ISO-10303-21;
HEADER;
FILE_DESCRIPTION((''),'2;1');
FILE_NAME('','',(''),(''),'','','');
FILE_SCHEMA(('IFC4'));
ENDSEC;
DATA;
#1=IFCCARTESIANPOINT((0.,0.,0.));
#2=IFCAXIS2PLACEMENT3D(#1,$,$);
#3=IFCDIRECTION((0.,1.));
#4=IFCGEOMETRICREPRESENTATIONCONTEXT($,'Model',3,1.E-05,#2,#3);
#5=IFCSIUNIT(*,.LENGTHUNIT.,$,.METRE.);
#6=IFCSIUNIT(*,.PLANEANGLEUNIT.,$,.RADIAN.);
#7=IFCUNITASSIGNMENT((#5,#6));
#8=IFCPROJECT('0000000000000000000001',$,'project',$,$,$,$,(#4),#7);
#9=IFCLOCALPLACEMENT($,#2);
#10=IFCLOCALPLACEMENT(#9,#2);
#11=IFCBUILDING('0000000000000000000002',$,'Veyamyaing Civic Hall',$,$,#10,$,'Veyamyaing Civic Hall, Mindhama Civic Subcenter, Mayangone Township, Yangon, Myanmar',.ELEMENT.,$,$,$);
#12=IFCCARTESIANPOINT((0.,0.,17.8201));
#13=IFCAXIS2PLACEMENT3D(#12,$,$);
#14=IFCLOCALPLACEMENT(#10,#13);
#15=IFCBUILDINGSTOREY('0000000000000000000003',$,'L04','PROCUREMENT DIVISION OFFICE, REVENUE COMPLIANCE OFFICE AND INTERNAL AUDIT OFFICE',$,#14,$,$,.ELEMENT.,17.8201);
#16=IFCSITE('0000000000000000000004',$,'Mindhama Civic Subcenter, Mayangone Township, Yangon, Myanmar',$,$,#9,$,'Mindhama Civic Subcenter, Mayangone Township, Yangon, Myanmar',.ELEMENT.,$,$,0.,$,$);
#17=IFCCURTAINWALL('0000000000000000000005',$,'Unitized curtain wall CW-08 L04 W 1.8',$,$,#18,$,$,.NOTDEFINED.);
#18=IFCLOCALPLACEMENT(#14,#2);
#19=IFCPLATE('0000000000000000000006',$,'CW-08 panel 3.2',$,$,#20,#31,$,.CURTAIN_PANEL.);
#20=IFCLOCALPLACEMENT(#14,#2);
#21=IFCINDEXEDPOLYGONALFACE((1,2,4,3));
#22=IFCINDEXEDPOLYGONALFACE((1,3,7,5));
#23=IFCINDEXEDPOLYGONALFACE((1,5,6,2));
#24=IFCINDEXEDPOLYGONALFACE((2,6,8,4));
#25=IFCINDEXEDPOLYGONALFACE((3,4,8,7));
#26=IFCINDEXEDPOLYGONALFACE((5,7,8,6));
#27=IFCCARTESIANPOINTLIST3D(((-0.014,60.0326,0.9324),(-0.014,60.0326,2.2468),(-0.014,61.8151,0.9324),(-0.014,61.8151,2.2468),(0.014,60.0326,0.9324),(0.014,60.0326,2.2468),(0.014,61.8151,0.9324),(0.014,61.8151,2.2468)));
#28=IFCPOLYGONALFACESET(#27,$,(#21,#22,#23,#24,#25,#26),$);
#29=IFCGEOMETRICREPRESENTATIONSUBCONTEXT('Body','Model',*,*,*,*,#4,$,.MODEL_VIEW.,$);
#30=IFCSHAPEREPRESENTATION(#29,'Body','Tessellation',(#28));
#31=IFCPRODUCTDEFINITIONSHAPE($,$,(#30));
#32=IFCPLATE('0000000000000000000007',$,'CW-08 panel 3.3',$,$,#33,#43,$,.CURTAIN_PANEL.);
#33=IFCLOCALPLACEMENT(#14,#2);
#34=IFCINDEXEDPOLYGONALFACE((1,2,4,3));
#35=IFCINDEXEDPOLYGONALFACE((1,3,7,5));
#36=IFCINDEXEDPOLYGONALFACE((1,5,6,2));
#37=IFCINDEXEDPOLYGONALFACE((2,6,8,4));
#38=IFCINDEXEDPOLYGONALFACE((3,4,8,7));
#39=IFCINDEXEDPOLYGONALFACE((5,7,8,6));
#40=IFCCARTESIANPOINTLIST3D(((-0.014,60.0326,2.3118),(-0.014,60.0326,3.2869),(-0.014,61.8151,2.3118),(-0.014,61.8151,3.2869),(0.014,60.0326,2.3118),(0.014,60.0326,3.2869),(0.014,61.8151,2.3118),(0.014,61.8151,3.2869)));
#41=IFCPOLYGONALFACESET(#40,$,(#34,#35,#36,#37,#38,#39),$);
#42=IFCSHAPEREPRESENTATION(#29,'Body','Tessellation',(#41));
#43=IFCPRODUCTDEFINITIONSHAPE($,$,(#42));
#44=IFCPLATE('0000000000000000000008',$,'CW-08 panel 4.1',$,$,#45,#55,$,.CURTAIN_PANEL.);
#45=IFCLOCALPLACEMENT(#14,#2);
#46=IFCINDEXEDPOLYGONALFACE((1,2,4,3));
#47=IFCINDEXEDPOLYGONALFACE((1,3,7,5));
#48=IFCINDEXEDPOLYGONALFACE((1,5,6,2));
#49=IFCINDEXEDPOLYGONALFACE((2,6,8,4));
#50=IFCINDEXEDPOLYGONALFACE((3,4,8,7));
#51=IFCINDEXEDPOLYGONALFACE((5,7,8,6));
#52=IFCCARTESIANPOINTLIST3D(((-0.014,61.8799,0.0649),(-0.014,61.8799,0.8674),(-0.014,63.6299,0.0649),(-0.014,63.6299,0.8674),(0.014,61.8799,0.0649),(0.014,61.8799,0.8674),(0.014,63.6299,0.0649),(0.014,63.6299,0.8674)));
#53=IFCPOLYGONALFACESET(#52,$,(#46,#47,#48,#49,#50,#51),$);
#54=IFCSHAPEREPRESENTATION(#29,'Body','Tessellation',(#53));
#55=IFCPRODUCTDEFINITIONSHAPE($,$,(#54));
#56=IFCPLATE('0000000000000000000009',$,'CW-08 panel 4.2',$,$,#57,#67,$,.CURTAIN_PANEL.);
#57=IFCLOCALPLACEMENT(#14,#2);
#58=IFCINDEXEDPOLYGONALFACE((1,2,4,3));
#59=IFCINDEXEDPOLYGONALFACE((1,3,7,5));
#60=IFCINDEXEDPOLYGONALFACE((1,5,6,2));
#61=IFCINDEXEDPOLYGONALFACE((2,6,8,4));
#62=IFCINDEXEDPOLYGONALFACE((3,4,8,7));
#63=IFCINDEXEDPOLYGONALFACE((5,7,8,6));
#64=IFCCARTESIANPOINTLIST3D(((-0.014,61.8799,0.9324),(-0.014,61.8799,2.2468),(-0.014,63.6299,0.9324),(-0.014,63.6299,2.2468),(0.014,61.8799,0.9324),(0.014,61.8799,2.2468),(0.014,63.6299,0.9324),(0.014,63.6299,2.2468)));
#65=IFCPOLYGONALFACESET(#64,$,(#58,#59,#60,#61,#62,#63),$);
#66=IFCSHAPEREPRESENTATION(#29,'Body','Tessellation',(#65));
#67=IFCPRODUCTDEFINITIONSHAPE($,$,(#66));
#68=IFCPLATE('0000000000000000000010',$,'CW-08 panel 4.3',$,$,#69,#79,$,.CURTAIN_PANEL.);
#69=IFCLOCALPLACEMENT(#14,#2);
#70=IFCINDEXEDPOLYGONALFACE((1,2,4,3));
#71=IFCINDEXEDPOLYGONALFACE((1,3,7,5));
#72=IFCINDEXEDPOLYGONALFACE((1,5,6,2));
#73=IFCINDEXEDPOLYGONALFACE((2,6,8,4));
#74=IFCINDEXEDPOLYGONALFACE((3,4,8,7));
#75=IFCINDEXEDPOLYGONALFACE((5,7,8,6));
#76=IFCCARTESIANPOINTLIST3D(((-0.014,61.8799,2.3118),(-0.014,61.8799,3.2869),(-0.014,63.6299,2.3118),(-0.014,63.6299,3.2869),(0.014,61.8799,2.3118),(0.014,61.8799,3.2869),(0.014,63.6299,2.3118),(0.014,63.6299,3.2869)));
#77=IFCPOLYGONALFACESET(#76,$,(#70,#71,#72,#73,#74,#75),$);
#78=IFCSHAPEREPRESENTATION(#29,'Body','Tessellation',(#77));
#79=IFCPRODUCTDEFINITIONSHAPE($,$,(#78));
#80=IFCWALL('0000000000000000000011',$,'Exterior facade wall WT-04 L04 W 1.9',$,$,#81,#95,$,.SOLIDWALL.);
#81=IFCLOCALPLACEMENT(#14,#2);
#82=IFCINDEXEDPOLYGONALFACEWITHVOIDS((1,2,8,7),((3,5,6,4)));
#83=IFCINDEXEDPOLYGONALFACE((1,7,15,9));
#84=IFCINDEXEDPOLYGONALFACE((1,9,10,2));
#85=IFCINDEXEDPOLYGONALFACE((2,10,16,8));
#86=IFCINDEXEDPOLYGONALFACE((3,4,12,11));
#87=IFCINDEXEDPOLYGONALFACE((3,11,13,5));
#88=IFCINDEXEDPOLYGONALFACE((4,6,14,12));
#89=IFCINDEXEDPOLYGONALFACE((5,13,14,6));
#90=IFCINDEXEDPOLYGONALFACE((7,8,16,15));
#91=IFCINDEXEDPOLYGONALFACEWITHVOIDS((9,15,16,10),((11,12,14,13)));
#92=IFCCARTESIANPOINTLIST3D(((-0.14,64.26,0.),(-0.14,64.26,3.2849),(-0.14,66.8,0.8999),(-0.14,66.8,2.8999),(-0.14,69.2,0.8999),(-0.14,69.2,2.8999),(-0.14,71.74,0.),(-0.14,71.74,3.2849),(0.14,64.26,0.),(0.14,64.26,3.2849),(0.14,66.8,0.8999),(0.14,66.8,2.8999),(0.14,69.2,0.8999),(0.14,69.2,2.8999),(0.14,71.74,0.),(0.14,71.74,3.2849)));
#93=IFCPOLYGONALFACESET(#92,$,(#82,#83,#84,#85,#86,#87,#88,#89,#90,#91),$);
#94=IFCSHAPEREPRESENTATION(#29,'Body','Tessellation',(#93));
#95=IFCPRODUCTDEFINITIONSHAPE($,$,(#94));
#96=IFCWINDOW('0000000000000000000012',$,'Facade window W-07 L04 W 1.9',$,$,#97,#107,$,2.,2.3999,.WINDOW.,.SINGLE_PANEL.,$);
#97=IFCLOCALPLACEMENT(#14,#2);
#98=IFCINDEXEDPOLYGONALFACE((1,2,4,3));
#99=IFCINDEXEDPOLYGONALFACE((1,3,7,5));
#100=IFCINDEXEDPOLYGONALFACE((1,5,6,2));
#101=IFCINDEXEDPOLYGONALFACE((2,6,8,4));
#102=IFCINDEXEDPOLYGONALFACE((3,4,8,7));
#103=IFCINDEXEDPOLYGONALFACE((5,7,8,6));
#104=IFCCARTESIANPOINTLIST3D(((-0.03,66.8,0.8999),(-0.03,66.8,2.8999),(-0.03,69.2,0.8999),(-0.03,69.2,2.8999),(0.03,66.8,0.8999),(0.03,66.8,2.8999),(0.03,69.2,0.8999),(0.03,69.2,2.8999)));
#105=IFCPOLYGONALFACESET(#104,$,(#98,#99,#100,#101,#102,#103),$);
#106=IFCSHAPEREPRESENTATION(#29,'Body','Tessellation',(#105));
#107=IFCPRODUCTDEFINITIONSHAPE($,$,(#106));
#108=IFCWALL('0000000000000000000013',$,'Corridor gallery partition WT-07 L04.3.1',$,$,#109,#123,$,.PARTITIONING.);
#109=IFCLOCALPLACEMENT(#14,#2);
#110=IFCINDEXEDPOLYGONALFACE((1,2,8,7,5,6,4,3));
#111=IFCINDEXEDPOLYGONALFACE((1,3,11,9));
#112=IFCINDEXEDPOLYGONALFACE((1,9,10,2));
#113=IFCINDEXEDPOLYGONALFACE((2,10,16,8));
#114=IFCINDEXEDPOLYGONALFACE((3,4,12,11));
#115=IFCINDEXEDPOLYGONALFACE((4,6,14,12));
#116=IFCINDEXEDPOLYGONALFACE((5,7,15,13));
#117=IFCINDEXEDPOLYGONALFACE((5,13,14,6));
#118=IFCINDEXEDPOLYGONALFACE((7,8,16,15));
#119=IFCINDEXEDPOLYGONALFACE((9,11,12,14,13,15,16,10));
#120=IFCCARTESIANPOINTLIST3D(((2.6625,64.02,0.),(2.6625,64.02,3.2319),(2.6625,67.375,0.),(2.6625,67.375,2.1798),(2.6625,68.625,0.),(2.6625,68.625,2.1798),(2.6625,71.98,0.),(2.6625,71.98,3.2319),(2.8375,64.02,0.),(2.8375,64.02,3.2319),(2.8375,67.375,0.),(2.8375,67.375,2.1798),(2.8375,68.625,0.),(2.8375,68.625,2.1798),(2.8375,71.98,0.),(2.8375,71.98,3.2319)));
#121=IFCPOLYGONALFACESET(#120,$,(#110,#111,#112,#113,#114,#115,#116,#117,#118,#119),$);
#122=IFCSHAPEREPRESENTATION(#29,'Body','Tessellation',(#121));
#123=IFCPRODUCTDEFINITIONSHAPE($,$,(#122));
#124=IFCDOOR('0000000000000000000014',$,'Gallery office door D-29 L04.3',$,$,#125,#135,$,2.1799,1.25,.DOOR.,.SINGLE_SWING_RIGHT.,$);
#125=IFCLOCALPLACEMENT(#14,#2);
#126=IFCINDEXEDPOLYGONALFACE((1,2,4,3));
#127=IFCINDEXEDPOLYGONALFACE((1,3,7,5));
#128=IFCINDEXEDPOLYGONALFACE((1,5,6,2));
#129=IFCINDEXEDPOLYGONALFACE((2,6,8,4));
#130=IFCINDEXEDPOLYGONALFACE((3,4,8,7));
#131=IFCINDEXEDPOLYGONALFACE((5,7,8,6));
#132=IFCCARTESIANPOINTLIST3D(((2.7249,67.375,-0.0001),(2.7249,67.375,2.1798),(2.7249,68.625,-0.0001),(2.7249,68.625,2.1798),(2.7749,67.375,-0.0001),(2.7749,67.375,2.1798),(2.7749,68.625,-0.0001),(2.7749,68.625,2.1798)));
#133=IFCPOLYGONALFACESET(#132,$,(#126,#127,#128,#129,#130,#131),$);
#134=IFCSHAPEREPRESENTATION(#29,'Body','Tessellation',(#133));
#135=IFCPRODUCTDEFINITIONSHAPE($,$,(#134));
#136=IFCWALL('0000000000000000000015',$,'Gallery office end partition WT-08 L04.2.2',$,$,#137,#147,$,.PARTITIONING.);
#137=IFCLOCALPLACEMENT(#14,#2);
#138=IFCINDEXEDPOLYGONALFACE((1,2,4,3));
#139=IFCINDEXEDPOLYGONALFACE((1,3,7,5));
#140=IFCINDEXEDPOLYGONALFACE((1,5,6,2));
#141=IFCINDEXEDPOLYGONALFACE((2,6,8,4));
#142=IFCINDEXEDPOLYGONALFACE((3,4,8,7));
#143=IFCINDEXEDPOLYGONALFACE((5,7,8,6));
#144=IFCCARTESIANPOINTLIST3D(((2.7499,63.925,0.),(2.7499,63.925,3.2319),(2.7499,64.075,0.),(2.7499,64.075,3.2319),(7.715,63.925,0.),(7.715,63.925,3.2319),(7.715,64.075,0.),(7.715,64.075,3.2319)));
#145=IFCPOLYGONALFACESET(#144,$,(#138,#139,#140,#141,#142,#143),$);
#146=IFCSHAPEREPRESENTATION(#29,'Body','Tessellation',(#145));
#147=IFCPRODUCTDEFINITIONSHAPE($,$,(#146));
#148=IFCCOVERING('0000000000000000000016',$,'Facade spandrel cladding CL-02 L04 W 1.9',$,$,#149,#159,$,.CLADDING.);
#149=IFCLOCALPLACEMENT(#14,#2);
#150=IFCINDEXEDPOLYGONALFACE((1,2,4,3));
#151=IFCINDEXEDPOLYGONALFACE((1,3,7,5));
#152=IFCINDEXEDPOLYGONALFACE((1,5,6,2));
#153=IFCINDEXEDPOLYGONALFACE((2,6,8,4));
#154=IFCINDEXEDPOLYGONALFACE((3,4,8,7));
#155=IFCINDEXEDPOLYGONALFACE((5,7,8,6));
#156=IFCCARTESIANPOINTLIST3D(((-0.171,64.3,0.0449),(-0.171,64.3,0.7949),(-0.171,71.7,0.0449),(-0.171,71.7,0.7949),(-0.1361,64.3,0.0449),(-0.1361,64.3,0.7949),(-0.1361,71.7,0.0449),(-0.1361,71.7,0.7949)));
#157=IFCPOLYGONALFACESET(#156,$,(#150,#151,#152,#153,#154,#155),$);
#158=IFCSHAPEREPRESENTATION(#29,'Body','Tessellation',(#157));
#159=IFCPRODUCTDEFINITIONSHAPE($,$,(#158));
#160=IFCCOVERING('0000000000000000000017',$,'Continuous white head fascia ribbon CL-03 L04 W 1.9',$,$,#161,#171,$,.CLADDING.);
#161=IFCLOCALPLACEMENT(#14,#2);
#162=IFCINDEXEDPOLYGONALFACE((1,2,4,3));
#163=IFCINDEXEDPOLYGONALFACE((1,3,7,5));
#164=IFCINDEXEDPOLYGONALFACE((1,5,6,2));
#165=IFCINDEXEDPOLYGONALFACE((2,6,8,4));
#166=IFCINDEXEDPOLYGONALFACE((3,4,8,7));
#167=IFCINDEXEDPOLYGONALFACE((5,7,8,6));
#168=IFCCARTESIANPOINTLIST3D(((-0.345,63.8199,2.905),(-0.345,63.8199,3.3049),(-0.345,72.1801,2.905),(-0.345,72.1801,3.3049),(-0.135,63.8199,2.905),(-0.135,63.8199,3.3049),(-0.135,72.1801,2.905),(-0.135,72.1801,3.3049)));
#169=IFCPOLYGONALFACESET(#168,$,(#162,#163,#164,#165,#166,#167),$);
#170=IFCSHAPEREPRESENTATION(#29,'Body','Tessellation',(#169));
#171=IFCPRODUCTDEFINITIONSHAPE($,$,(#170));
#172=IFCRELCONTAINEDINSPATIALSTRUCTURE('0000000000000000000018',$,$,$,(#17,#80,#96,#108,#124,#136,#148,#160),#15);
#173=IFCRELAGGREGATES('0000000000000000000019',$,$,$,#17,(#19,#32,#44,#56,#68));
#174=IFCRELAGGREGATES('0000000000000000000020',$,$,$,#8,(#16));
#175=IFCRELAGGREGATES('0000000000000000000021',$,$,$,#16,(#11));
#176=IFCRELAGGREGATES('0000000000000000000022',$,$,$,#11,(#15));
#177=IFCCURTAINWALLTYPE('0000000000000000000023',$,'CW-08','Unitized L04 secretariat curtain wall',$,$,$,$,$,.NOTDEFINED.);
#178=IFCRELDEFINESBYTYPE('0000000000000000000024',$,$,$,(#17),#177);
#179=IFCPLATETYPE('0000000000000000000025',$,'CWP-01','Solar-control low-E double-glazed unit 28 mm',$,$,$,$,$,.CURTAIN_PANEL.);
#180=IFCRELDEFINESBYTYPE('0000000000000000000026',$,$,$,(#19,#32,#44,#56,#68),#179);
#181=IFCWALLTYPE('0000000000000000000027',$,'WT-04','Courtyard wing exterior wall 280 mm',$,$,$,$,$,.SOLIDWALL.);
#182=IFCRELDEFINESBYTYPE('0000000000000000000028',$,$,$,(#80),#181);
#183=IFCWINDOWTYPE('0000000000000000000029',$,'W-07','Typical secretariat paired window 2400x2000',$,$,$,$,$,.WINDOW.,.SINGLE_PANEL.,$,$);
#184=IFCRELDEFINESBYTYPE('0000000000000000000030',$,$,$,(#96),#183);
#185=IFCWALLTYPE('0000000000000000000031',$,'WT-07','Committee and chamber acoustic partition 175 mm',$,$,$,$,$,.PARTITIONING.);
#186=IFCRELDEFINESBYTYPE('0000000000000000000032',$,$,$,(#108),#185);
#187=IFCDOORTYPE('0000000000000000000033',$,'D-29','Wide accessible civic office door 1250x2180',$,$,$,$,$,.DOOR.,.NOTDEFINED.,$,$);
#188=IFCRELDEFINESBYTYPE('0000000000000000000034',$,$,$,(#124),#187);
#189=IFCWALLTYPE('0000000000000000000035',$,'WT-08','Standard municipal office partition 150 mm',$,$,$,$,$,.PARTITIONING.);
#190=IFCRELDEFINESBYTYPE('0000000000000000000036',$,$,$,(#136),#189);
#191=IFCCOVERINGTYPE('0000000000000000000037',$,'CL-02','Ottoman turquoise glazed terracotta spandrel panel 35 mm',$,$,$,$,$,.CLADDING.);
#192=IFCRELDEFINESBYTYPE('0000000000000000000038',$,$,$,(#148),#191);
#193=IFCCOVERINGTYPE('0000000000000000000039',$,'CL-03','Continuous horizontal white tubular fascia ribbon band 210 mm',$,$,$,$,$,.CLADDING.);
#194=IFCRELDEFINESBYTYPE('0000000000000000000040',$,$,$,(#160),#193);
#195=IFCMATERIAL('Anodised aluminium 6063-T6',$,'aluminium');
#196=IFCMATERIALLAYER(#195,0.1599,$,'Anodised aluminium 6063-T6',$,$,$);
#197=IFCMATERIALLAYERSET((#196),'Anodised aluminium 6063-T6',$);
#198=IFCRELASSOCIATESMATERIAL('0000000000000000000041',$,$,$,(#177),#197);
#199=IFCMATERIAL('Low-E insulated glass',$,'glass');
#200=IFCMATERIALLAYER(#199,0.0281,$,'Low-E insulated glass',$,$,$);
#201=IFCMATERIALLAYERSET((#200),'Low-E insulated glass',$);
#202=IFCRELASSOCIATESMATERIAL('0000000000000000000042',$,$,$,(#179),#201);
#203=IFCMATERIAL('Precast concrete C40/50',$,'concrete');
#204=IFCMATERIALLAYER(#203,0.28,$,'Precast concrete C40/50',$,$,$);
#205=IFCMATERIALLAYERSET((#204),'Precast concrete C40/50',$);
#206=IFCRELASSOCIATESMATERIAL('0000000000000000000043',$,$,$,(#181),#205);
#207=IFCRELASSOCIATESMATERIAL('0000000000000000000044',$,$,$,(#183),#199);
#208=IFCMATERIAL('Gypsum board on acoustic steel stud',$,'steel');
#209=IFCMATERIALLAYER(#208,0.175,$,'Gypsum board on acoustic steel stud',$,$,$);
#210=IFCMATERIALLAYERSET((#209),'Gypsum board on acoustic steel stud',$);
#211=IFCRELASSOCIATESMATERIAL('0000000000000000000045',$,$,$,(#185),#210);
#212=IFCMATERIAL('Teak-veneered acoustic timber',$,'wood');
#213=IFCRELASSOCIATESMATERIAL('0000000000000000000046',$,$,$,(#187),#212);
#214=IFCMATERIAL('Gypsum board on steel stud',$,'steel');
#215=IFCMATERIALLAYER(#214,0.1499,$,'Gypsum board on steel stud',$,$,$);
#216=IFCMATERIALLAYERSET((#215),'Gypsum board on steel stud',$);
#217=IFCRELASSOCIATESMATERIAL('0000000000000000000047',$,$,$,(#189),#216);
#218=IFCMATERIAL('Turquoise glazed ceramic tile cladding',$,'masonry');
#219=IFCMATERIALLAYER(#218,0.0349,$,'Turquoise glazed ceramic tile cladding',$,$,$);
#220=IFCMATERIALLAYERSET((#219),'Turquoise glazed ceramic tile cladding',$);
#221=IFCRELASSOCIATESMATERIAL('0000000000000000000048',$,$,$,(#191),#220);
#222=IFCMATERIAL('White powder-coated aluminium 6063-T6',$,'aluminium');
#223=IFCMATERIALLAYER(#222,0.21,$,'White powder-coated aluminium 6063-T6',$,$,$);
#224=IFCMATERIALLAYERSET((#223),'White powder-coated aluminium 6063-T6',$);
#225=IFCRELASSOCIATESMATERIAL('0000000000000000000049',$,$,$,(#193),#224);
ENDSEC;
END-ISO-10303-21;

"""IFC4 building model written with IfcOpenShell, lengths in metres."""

from ifc_helpers import new_model, si_unit, direction, frame, frame_2d, origin, origin_2d, place, context, subcontext, project, spatial, rectangle, extrude, material, layer, layer_set, type_object, element, fill, aggregate, save


model = new_model("IFC4")

# Units and contexts
model_context = context("Model", 3, precision=1e-05, world=origin(), true_north=direction((0.0, 1.0)))
body_context = subcontext(model_context, "Body", "Model", "MODEL_VIEW")
ifc_project = project(units=[si_unit("LENGTHUNIT", "METRE"), si_unit("PLANEANGLEUNIT", "RADIAN")], contexts=[model_context])

# Site, building, storey
site_placement = place(None, origin())
site = spatial("IfcSite", under=ifc_project, at=site_placement, Name="Mindhama Civic Subcenter, Mayangone Township, Yangon, Myanmar", LongName="Mindhama Civic Subcenter, Mayangone Township, Yangon, Myanmar", CompositionType="ELEMENT", RefElevation=0.0)
building_placement = place(site_placement, origin())
building = spatial("IfcBuilding", under=site, at=building_placement, Name="Veyamyaing Civic Hall", LongName="Veyamyaing Civic Hall, Mindhama Civic Subcenter, Mayangone Township, Yangon, Myanmar", CompositionType="ELEMENT")
storey_placement = place(building_placement, frame((0.0, 0.0, 17.8201)))
storey = spatial("IfcBuildingStorey", under=building, at=storey_placement, Name="L04", Description="PROCUREMENT DIVISION OFFICE, REVENUE COMPLIANCE OFFICE AND INTERNAL AUDIT OFFICE", CompositionType="ELEMENT", Elevation=17.8201)

# Curtain wall
ifc_material_1 = material(Name="Anodised aluminium 6063-T6", Category="aluminium")
ifc_layer_1 = layer(ifc_material_1, 0.1599, Name="Anodised aluminium 6063-T6")
ifc_layer_set_1 = layer_set([ifc_layer_1], Name="Anodised aluminium 6063-T6")
curtain_wall_type = type_object("IfcCurtainWallType", Name="CW-08", Description="Unitized L04 secretariat curtain wall", PredefinedType="NOTDEFINED", material=ifc_layer_set_1)
curtain_wall_placement = place(storey_placement, origin())
curtain_wall = element("IfcCurtainWall", 1, at=curtain_wall_placement, inside=storey, type_object=curtain_wall_type, Name="Unitized curtain wall CW-08 L04 W 1.8", PredefinedType="NOTDEFINED")

# Plates
ifc_material_2 = material(Name="Low-E insulated glass", Category="glass")
ifc_layer_2 = layer(ifc_material_2, 0.0281, Name="Low-E insulated glass")
ifc_layer_set_2 = layer_set([ifc_layer_2], Name="Low-E insulated glass")
plate_type = type_object("IfcPlateType", Name="CWP-01", Description="Solar-control low-E double-glazed unit 28 mm", PredefinedType="CURTAIN_PANEL", material=ifc_layer_set_2)
plate_1_placement = place(storey_placement, frame((0.0, 60.9238, 0.9324), z_axis=(0.0, 0.0, 1.0), x_axis=(0.0, 1.0, 0.0)))
plate_1 = element("IfcPlate", 2, at=plate_1_placement, type_object=plate_type, Name="CW-08 panel 3.2", PredefinedType="CURTAIN_PANEL", context=body_context, shape_type="SweptSolid", body=[
    extrude(rectangle(XDim=1.7825, YDim=0.0281, at=origin_2d()), origin(), (0.0, 0.0, 1.0), 1.3145),
])
plate_2_placement = place(storey_placement, frame((0.0, 60.9238, 2.3118), z_axis=(0.0, 0.0, 1.0), x_axis=(0.0, 1.0, 0.0)))
plate_2 = element("IfcPlate", 3, at=plate_2_placement, type_object=plate_type, Name="CW-08 panel 3.3", PredefinedType="CURTAIN_PANEL", context=body_context, shape_type="SweptSolid", body=[
    extrude(rectangle(XDim=1.7825, YDim=0.0281, at=origin_2d()), origin(), (0.0, 0.0, 1.0), 0.9751),
])
plate_3_placement = place(storey_placement, frame((0.0, 62.7549, 0.0649), z_axis=(0.0, 0.0, 1.0), x_axis=(0.0, 1.0, 0.0)))
plate_3 = element("IfcPlate", 4, at=plate_3_placement, type_object=plate_type, Name="CW-08 panel 4.1", PredefinedType="CURTAIN_PANEL", context=body_context, shape_type="SweptSolid", body=[
    extrude(rectangle(XDim=1.75, YDim=0.0281, at=origin_2d()), origin(), (0.0, 0.0, 1.0), 0.8025),
])
plate_4_placement = place(storey_placement, frame((0.0, 62.7549, 0.9324), z_axis=(0.0, 0.0, 1.0), x_axis=(0.0, 1.0, 0.0)))
plate_4 = element("IfcPlate", 5, at=plate_4_placement, type_object=plate_type, Name="CW-08 panel 4.2", PredefinedType="CURTAIN_PANEL", context=body_context, shape_type="SweptSolid", body=[
    extrude(rectangle(XDim=1.75, YDim=0.0281, at=origin_2d()), origin(), (0.0, 0.0, 1.0), 1.3145),
])
plate_5_placement = place(storey_placement, frame((0.0, 62.7549, 2.3118), z_axis=(0.0, 0.0, 1.0), x_axis=(0.0, 1.0, 0.0)))
plate_5 = element("IfcPlate", 6, at=plate_5_placement, type_object=plate_type, Name="CW-08 panel 4.3", PredefinedType="CURTAIN_PANEL", context=body_context, shape_type="SweptSolid", body=[
    extrude(rectangle(XDim=1.75, YDim=0.0281, at=origin_2d()), origin(), (0.0, 0.0, 1.0), 0.9751),
])
aggregate(curtain_wall, [plate_1, plate_2, plate_3, plate_4, plate_5])

# Wall, opening, window
ifc_material_3 = material(Name="Precast concrete C40/50", Category="concrete")
ifc_layer_3 = layer(ifc_material_3, 0.28, Name="Precast concrete C40/50")
ifc_layer_set_3 = layer_set([ifc_layer_3], Name="Precast concrete C40/50")
wall_type_1 = type_object("IfcWallType", Name="WT-04", Description="Courtyard wing exterior wall 280 mm", PredefinedType="SOLIDWALL", material=ifc_layer_set_3)
wall_1_placement = place(storey_placement, frame((0.0, 64.26, 0.0), z_axis=(0.0, 0.0, 1.0), x_axis=(0.0, 1.0, 0.0)))
wall_1 = element("IfcWall", 7, at=wall_1_placement, inside=storey, type_object=wall_type_1, Name="Exterior facade wall WT-04 L04 W 1.9", PredefinedType="SOLIDWALL", context=body_context, shape_type="SweptSolid", body=[
    extrude(rectangle(XDim=7.48, YDim=0.28, at=frame_2d((3.74, 0.0))), origin(), (0.0, 0.0, 1.0), 3.2849),
])
opening_1_placement = place(wall_1_placement, frame((2.54, 0.0, 0.8999)))
opening_1 = element("IfcOpeningElement", 8, at=opening_1_placement, cuts=wall_1, PredefinedType="OPENING", context=body_context, shape_type="SweptSolid", body=[
    extrude(rectangle(XDim=2.3999, YDim=2.0, at=frame_2d((1.2, 1.0))), frame((0.0, 0.1499, 0.0), z_axis=(0.0, -1.0, 0.0), x_axis=(1.0, 0.0, 0.0)), (0.0, 0.0, 1.0), 0.3),
])
window_type = type_object("IfcWindowType", Name="W-07", Description="Typical secretariat paired window 2400x2000", PartitioningType="SINGLE_PANEL", PredefinedType="WINDOW", material=ifc_material_2)
window_placement = place(opening_1_placement, origin())
window = element("IfcWindow", 9, at=window_placement, inside=storey, type_object=window_type, Name="Facade window W-07 L04 W 1.9", OverallHeight=2.0, OverallWidth=2.3999, PartitioningType="SINGLE_PANEL", PredefinedType="WINDOW", context=body_context, shape_type="SweptSolid", body=[
    extrude(rectangle(XDim=2.3999, YDim=2.0, at=frame_2d((1.2, 1.0))), frame((0.0, 0.03, 0.0), z_axis=(0.0, -1.0, 0.0), x_axis=(1.0, 0.0, 0.0)), (0.0, 0.0, 1.0), 0.0601),
])
fill(opening_1, window)

# Wall, opening, door
ifc_material_4 = material(Name="Gypsum board on acoustic steel stud", Category="steel")
ifc_layer_4 = layer(ifc_material_4, 0.175, Name="Gypsum board on acoustic steel stud")
ifc_layer_set_4 = layer_set([ifc_layer_4], Name="Gypsum board on acoustic steel stud")
wall_type_2 = type_object("IfcWallType", Name="WT-07", Description="Committee and chamber acoustic partition 175 mm", PredefinedType="PARTITIONING", material=ifc_layer_set_4)
wall_2_placement = place(storey_placement, frame((2.75, 64.02, 0.0), z_axis=(0.0, 0.0, 1.0), x_axis=(0.0, 1.0, 0.0)))
wall_2 = element("IfcWall", 10, at=wall_2_placement, inside=storey, type_object=wall_type_2, Name="Corridor gallery partition WT-07 L04.3.1", PredefinedType="PARTITIONING", context=body_context, shape_type="SweptSolid", body=[
    extrude(rectangle(XDim=7.96, YDim=0.175, at=frame_2d((3.98, 0.0))), origin(), (0.0, 0.0, 1.0), 3.2319),
])
opening_2_placement = place(wall_2_placement, frame((3.355, 0.0, 0.0)))
opening_2 = element("IfcOpeningElement", 11, at=opening_2_placement, cuts=wall_2, PredefinedType="OPENING", context=body_context, shape_type="SweptSolid", body=[
    extrude(rectangle(XDim=1.25, YDim=2.1799, at=frame_2d((0.625, 1.0898))), frame((0.0, 0.0974, 0.0), z_axis=(0.0, -1.0, 0.0), x_axis=(1.0, 0.0, 0.0)), (0.0, 0.0, 1.0), 0.1951),
])
ifc_material_5 = material(Name="Teak-veneered acoustic timber", Category="wood")
door_type = type_object("IfcDoorType", Name="D-29", Description="Wide accessible civic office door 1250x2180", OperationType="NOTDEFINED", PredefinedType="DOOR", material=ifc_material_5)
door_placement = place(opening_2_placement, frame((1.25, 0.0, 0.0), z_axis=(0.0, 0.0, 1.0), x_axis=(-1.0, 0.0, 0.0)))
door = element("IfcDoor", 12, at=door_placement, inside=storey, type_object=door_type, Name="Gallery office door D-29 L04.3", OperationType="SINGLE_SWING_RIGHT", OverallHeight=2.1799, OverallWidth=1.25, PredefinedType="DOOR", context=body_context, shape_type="SweptSolid", body=[
    extrude(rectangle(XDim=1.25, YDim=2.1799, at=frame_2d((0.625, 1.0898))), frame((0.0, 0.0249, 0.0), z_axis=(0.0, -1.0, 0.0), x_axis=(1.0, 0.0, 0.0)), (0.0, 0.0, 1.0), 0.05),
])
fill(opening_2, door)

# Wall
ifc_material_6 = material(Name="Gypsum board on steel stud", Category="steel")
ifc_layer_5 = layer(ifc_material_6, 0.1499, Name="Gypsum board on steel stud")
ifc_layer_set_5 = layer_set([ifc_layer_5], Name="Gypsum board on steel stud")
wall_type_3 = type_object("IfcWallType", Name="WT-08", Description="Standard municipal office partition 150 mm", PredefinedType="PARTITIONING", material=ifc_layer_set_5)
wall_3_placement = place(storey_placement, frame((2.75, 64.0, 0.0), z_axis=(0.0, 0.0, 1.0), x_axis=(1.0, 0.0, 0.0)))
element("IfcWall", 13, at=wall_3_placement, inside=storey, type_object=wall_type_3, Name="Gallery office end partition WT-08 L04.2.2", PredefinedType="PARTITIONING", context=body_context, shape_type="SweptSolid", body=[
    extrude(rectangle(XDim=4.9651, YDim=0.1499, at=frame_2d((2.4824, 0.0))), origin(), (0.0, 0.0, 1.0), 3.2319),
])

# Coverings
ifc_material_7 = material(Name="Turquoise glazed ceramic tile cladding", Category="masonry")
ifc_layer_6 = layer(ifc_material_7, 0.0349, Name="Turquoise glazed ceramic tile cladding")
ifc_layer_set_6 = layer_set([ifc_layer_6], Name="Turquoise glazed ceramic tile cladding")
covering_type_1 = type_object("IfcCoveringType", Name="CL-02", Description="Ottoman turquoise glazed terracotta spandrel panel 35 mm", PredefinedType="CLADDING", material=ifc_layer_set_6)
covering_placement = place(storey_placement, frame((-0.1536, 68.0, 0.0449), z_axis=(0.0, 0.0, 1.0), x_axis=(0.0, 1.0, 0.0)))
element("IfcCovering", 14, at=covering_placement, inside=storey, type_object=covering_type_1, Name="Facade spandrel cladding CL-02 L04 W 1.9", PredefinedType="CLADDING", context=body_context, shape_type="SweptSolid", body=[
    extrude(rectangle(XDim=7.3999, YDim=0.0349, at=origin_2d()), origin(), (0.0, 0.0, 1.0), 0.75),
])
ifc_material_8 = material(Name="White powder-coated aluminium 6063-T6", Category="aluminium")
ifc_layer_7 = layer(ifc_material_8, 0.21, Name="White powder-coated aluminium 6063-T6")
ifc_layer_set_7 = layer_set([ifc_layer_7], Name="White powder-coated aluminium 6063-T6")
covering_type_2 = type_object("IfcCoveringType", Name="CL-03", Description="Continuous horizontal white tubular fascia ribbon band 210 mm", PredefinedType="CLADDING", material=ifc_layer_set_7)
for number, where, z_axis, x_axis, name in (
    (15, (-0.24, 68.0, 2.905), (0.0, 0.0, 1.0), (0.0, 1.0, 0.0), "Continuous white head fascia ribbon CL-03 L04 W 1.9"),
):
    element("IfcCovering", number, at=place(storey_placement, frame(where, z_axis=z_axis, x_axis=x_axis)), inside=storey, type_object=covering_type_2, Name=name, PredefinedType="CLADDING", context=body_context, shape_type="SweptSolid", body=[
        extrude(rectangle(XDim=8.3601, YDim=0.21, at=origin_2d()), origin(), (0.0, 0.0, 1.0), 0.3999),
    ])

save(model, "model.ifc")
